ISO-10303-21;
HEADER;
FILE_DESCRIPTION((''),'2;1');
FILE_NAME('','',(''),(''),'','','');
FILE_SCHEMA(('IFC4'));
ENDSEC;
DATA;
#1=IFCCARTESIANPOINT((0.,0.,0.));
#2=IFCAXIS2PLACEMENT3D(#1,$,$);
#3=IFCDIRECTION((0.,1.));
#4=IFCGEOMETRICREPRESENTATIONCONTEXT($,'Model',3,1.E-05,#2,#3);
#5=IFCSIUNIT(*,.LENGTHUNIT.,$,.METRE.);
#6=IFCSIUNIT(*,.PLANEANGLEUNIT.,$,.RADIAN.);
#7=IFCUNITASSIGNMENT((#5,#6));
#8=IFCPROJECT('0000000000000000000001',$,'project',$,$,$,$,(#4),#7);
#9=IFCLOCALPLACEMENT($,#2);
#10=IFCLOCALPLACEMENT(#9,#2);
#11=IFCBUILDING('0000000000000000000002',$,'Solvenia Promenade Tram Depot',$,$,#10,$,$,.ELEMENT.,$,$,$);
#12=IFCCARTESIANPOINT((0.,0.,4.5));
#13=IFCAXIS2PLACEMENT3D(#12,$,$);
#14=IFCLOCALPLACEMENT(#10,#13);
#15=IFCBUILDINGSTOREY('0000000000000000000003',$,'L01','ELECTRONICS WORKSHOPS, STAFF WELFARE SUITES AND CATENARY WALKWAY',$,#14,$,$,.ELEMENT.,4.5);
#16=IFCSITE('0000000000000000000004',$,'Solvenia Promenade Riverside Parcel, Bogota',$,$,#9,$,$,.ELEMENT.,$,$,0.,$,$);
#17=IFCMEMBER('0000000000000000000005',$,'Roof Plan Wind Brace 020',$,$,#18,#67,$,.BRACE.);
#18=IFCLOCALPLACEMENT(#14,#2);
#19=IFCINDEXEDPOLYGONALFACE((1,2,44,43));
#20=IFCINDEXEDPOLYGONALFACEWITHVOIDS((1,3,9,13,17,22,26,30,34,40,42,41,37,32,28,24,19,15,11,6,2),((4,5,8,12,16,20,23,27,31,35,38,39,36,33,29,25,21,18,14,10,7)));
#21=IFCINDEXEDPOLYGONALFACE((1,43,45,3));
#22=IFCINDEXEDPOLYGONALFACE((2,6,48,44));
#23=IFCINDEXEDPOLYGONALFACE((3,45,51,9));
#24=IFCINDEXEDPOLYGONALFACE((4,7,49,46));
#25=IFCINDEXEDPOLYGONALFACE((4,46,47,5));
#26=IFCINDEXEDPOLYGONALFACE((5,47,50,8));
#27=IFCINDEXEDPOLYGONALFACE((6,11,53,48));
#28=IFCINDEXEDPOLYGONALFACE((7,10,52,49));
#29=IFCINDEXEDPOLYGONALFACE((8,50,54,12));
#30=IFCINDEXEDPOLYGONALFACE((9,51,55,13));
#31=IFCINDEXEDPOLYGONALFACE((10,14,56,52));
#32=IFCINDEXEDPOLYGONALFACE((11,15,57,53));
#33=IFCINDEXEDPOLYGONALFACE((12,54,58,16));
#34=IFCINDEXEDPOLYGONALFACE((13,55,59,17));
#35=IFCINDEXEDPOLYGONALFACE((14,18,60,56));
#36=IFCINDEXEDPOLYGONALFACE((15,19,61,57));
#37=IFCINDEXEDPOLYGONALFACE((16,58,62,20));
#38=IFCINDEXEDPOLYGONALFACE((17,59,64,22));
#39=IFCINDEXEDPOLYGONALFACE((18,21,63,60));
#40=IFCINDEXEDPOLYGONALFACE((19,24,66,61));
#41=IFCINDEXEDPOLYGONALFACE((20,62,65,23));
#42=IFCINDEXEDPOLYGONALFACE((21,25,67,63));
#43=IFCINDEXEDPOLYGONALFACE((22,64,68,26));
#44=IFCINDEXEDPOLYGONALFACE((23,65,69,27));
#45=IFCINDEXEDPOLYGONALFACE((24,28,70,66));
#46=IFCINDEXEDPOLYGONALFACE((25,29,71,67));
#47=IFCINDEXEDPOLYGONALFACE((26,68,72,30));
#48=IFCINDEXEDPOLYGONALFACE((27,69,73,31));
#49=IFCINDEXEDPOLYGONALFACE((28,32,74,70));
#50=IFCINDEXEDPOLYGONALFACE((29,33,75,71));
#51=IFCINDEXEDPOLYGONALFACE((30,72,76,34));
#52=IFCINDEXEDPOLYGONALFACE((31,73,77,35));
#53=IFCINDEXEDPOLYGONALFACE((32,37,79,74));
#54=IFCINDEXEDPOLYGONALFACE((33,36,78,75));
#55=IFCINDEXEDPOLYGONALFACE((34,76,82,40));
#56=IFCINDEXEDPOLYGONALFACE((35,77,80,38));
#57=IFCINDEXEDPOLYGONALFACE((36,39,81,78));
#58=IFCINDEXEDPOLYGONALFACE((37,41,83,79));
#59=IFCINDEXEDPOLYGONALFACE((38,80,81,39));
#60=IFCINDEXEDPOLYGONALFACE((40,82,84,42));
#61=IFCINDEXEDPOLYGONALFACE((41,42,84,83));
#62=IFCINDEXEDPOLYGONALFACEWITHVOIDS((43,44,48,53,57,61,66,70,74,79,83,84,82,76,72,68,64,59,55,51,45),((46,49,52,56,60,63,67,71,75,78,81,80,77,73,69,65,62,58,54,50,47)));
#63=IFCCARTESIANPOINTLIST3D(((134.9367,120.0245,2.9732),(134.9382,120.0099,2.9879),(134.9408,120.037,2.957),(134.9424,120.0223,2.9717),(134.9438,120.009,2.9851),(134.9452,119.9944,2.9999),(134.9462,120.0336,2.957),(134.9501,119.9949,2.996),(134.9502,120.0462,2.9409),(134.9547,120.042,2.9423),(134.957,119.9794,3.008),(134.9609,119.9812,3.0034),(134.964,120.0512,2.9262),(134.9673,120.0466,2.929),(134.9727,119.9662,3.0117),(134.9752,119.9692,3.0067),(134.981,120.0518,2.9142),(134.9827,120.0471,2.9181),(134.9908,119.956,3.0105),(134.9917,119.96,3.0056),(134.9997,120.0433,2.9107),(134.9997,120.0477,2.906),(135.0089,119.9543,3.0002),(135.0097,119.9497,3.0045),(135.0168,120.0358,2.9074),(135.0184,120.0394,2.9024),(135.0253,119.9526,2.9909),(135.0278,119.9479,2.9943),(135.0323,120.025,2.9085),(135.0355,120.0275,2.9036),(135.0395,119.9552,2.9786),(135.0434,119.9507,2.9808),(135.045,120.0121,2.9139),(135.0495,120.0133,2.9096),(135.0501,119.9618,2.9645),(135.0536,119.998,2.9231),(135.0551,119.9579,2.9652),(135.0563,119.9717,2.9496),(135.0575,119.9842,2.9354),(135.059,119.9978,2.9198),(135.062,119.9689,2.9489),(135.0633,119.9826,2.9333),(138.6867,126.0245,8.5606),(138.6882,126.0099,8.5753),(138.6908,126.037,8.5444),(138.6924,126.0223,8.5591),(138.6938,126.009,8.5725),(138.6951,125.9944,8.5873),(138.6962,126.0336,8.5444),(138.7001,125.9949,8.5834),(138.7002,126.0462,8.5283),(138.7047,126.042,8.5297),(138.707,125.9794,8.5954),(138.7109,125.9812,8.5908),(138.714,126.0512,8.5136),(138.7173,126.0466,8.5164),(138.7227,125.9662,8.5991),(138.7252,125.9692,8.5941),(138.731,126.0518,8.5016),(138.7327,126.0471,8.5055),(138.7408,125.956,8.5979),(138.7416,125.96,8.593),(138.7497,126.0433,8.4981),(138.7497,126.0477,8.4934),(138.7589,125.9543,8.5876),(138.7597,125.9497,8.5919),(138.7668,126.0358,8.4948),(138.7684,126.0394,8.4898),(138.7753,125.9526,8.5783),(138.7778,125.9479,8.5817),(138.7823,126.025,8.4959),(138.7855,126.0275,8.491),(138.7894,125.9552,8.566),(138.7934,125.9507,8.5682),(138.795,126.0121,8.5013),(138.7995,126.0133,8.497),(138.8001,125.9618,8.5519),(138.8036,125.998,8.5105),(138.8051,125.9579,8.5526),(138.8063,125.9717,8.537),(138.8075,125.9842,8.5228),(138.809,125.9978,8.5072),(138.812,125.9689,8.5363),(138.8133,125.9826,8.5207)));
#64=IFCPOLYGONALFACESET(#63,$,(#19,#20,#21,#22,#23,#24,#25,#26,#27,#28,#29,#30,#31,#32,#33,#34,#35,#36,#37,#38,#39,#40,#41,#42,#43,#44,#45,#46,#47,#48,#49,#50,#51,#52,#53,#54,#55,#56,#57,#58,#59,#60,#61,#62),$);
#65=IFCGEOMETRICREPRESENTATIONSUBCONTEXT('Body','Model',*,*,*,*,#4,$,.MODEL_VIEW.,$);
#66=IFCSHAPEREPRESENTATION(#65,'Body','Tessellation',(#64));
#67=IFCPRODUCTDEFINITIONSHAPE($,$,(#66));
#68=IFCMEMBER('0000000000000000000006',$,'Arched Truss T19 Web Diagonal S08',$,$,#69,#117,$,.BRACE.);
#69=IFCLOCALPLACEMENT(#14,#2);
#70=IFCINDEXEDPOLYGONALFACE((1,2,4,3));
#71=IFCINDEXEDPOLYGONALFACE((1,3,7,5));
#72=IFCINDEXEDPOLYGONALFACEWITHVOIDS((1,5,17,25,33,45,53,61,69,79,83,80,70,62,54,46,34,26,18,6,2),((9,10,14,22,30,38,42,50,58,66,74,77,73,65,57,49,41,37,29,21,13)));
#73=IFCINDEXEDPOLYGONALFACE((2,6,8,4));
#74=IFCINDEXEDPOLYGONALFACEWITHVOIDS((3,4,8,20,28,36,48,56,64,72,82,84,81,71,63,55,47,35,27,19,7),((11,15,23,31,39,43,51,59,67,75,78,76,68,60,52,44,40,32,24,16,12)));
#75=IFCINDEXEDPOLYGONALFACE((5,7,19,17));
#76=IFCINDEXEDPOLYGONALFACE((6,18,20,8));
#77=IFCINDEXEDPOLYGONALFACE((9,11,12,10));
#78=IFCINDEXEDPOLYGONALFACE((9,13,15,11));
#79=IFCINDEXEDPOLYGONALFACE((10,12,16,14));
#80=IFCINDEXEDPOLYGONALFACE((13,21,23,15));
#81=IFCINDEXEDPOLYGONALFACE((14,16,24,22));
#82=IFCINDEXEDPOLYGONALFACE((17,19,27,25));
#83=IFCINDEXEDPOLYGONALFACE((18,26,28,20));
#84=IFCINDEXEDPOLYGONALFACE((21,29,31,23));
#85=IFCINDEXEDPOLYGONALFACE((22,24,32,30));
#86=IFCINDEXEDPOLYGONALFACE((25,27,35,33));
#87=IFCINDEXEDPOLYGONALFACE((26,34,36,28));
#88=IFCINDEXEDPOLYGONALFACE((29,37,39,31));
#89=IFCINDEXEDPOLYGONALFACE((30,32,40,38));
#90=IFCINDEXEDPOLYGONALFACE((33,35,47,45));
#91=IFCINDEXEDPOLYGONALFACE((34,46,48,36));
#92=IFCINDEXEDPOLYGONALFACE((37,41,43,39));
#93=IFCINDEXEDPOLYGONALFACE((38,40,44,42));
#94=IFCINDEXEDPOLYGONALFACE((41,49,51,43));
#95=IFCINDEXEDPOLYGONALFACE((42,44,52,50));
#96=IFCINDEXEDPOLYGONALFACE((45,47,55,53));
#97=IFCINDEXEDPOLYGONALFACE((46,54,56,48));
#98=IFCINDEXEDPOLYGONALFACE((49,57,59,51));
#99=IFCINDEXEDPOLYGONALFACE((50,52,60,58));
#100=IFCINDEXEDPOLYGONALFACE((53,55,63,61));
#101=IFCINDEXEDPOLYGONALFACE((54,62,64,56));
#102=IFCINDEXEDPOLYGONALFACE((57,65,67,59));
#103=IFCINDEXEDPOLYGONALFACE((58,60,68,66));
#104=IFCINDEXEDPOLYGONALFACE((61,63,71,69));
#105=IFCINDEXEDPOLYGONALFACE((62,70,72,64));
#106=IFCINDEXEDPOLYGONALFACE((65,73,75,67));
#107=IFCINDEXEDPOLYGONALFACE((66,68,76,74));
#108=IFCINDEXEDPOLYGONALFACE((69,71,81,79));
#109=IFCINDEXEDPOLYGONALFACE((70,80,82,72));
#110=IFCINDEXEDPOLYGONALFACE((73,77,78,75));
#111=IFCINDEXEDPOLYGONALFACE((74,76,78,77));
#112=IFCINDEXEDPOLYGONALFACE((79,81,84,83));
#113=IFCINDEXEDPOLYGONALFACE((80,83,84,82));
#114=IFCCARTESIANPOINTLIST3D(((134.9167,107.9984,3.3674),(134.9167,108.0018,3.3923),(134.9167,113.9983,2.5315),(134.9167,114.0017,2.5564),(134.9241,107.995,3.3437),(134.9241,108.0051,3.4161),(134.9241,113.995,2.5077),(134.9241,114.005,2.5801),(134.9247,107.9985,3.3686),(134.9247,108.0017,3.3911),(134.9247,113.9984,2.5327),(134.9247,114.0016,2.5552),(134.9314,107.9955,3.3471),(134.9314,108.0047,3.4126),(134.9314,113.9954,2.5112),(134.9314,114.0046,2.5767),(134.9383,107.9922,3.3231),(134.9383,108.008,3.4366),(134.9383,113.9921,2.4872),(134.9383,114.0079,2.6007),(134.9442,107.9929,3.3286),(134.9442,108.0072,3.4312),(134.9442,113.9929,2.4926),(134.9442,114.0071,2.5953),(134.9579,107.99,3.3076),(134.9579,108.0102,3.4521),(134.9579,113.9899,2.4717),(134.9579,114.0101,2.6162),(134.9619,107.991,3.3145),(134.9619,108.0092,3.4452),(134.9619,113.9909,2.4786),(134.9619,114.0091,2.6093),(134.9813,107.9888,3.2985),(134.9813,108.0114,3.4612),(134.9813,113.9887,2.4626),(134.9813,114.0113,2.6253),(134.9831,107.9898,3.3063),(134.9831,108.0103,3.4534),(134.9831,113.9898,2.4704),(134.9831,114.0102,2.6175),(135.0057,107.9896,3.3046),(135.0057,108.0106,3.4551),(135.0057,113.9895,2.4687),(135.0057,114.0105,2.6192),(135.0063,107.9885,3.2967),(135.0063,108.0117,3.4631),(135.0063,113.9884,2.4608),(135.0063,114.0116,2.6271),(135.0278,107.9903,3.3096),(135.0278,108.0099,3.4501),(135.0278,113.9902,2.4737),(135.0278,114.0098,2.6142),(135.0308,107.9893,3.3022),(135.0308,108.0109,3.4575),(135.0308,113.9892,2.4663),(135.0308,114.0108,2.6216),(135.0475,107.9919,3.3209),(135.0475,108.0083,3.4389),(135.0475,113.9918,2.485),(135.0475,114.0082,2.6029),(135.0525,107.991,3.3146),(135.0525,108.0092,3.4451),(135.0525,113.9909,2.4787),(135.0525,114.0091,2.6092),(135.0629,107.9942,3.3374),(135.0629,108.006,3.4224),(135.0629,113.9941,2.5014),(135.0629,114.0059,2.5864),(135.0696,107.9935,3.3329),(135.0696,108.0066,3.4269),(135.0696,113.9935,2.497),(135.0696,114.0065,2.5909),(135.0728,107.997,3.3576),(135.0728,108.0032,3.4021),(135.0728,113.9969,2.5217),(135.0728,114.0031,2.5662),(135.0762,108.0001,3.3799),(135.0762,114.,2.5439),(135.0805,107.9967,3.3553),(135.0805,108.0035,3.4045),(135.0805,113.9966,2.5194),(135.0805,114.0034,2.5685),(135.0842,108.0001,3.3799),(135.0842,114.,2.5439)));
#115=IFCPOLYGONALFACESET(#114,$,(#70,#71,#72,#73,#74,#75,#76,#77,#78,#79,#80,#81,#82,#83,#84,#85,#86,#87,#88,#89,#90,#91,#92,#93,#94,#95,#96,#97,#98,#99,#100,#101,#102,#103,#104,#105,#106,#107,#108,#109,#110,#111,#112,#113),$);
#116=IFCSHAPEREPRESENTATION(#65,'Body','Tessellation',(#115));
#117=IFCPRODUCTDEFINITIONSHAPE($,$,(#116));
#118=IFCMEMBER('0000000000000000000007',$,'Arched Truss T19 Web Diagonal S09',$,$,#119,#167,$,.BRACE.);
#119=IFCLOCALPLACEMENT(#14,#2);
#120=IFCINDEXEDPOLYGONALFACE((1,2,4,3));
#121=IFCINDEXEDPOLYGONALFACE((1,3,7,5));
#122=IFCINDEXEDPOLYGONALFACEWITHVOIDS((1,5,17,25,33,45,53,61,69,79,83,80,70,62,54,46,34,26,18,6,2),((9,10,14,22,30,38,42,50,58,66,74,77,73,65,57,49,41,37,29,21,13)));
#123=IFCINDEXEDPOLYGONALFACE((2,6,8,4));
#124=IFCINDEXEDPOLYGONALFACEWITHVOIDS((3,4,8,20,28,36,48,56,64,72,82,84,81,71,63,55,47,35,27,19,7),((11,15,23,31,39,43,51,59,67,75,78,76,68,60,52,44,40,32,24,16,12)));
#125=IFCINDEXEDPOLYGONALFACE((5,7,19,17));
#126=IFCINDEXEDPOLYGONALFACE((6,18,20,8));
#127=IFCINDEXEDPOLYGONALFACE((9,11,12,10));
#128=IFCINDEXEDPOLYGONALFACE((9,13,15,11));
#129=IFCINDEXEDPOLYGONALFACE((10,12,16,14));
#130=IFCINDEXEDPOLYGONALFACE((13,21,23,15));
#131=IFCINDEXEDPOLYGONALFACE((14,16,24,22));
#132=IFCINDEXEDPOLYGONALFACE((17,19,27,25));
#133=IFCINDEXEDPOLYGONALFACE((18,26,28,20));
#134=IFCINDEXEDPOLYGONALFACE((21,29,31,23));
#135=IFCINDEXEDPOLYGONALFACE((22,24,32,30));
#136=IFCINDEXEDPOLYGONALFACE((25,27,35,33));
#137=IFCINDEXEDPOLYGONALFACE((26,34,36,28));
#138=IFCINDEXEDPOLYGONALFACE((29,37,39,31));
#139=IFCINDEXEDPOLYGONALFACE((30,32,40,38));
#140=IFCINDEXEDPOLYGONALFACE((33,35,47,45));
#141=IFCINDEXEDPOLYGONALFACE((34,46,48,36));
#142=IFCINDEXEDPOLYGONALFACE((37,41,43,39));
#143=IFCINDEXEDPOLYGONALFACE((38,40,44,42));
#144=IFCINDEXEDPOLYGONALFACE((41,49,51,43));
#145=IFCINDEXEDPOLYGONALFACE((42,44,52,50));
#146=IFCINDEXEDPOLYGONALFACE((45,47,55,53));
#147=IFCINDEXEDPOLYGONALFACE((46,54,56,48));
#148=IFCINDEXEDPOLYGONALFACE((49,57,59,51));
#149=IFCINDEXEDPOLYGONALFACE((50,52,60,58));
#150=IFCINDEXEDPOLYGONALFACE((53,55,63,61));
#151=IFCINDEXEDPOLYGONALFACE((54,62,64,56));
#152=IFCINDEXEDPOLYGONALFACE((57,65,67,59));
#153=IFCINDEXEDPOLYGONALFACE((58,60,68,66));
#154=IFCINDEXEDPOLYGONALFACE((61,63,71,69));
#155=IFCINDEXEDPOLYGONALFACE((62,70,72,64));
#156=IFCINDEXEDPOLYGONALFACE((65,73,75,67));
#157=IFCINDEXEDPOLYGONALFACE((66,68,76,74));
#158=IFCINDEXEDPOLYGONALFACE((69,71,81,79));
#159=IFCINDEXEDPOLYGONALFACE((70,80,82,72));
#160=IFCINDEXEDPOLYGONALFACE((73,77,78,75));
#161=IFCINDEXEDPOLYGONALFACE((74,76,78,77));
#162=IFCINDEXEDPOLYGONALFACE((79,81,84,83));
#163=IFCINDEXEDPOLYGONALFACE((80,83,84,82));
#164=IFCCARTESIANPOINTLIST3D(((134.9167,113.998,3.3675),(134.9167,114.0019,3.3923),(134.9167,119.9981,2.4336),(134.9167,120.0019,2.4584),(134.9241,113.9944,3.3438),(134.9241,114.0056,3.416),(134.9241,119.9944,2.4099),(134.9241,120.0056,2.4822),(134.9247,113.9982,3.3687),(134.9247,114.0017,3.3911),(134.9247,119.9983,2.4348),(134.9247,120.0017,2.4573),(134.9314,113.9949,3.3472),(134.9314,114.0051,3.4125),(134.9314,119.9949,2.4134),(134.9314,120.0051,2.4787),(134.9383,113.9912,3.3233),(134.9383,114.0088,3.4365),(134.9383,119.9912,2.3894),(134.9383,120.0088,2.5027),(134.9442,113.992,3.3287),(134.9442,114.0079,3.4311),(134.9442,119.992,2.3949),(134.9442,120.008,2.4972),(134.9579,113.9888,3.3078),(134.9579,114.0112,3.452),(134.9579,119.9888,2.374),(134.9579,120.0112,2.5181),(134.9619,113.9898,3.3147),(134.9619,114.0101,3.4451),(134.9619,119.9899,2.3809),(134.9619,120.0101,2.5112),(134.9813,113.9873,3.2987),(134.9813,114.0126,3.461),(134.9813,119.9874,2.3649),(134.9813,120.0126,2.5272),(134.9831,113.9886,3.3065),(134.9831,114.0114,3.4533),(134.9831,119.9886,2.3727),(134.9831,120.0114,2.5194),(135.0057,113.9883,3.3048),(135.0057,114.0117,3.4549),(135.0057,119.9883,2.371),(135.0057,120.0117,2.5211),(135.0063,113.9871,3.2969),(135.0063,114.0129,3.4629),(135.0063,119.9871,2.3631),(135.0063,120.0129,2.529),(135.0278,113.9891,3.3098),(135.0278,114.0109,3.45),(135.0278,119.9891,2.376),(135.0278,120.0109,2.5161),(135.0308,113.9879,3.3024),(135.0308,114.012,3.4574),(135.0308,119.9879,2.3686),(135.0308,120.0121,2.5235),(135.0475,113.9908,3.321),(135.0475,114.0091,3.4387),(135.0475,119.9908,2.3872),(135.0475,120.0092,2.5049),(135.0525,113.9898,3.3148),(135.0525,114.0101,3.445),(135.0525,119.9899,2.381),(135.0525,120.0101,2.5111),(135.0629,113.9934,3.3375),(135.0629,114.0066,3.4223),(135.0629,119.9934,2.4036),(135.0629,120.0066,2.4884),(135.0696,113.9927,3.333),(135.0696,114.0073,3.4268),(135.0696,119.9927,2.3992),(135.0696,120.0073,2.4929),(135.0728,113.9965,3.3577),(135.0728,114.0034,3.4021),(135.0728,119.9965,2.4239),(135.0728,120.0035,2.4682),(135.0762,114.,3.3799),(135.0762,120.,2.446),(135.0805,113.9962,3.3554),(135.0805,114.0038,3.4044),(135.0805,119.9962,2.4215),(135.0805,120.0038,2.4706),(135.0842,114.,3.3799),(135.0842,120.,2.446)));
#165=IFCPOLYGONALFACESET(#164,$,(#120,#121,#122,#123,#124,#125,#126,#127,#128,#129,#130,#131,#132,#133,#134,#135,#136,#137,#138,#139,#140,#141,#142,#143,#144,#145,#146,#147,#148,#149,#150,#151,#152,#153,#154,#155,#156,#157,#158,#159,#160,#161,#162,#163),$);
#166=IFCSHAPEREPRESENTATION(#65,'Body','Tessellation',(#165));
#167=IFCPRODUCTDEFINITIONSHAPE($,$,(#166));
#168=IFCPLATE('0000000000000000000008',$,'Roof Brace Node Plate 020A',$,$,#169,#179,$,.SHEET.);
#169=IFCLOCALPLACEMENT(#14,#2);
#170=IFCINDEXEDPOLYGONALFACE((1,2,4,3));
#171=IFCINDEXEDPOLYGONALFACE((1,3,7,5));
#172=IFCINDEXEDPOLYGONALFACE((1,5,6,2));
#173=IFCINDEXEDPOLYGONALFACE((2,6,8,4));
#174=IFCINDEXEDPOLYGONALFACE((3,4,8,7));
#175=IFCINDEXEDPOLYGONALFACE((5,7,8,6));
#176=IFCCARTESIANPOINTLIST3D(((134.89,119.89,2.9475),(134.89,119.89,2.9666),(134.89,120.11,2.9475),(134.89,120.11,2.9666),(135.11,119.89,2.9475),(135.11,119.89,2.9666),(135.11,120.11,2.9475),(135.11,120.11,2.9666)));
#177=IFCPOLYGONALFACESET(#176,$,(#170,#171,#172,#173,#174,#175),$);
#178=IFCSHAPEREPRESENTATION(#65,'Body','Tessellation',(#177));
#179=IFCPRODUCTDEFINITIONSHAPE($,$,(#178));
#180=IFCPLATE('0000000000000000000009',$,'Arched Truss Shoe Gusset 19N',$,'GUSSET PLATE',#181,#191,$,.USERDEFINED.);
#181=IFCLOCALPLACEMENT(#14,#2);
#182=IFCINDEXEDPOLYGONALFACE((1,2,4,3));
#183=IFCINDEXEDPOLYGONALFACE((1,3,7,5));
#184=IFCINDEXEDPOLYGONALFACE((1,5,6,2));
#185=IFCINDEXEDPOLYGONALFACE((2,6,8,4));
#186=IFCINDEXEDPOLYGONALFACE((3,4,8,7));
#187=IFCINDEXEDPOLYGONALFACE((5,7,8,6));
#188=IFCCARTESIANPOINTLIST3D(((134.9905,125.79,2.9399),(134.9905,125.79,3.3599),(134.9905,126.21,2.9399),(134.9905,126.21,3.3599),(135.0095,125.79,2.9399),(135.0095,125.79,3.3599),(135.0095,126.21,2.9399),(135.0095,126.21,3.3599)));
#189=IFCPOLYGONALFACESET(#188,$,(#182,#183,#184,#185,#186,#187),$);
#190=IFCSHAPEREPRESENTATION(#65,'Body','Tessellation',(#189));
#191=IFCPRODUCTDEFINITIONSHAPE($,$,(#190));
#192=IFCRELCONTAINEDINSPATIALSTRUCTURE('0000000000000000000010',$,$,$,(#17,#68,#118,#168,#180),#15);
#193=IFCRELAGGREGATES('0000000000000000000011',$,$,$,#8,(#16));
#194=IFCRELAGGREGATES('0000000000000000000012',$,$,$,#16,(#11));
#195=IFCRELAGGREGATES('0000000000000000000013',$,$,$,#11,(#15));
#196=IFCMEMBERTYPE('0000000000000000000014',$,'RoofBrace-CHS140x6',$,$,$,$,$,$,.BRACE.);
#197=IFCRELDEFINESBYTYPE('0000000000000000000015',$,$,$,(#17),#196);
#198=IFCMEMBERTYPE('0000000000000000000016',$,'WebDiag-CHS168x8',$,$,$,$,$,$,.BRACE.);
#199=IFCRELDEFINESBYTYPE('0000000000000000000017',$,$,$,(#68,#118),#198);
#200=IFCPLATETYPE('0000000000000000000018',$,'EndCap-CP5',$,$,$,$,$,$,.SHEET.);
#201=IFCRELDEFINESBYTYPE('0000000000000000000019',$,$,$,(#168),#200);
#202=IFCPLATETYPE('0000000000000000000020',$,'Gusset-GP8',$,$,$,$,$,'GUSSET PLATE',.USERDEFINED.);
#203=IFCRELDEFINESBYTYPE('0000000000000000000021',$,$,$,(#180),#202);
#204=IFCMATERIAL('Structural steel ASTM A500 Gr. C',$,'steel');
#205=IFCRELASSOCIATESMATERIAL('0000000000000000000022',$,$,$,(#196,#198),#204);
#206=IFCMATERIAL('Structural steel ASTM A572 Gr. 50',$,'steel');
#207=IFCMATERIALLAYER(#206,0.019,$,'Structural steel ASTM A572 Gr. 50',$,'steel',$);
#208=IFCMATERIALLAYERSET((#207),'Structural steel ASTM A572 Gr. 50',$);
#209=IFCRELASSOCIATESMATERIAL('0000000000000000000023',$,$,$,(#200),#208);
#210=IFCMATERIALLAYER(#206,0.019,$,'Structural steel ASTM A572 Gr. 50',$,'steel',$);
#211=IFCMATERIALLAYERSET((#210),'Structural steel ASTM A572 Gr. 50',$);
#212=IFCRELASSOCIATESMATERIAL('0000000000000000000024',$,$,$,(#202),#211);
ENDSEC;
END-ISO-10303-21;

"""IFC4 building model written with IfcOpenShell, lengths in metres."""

from ifc_helpers import new_model, si_unit, direction, frame, origin, origin_2d, place, context, subcontext, project, spatial, rectangle, hollow_circle, extrude, material, layer, layer_set, material_profile, profile_set, type_object, element, save


model = new_model("IFC4")

# Units and contexts
model_context = context("Model", 3, precision=1e-05, world=origin(), true_north=direction((0.0, 1.0)))
body_context = subcontext(model_context, "Body", "Model", "MODEL_VIEW")
ifc_project = project(units=[si_unit("LENGTHUNIT", "METRE"), si_unit("PLANEANGLEUNIT", "RADIAN")], contexts=[model_context])

# Site, building, storey
site_placement = place(None, origin())
site = spatial("IfcSite", under=ifc_project, at=site_placement, Name="Solvenia Promenade Riverside Parcel, Bogota", CompositionType="ELEMENT", RefElevation=0.0)
building_placement = place(site_placement, origin())
building = spatial("IfcBuilding", under=site, at=building_placement, Name="Solvenia Promenade Tram Depot", CompositionType="ELEMENT")
storey_placement = place(building_placement, frame((0.0, 0.0, 4.5)))
storey = spatial("IfcBuildingStorey", under=building, at=storey_placement, Name="L01", Description="ELECTRONICS WORKSHOPS, STAFF WELFARE SUITES AND CATENARY WALKWAY", CompositionType="ELEMENT", Elevation=4.5)

# Shared definitions
ifc_material_1 = material(Name="Structural steel ASTM A500 Gr. C", Category="steel")

# Members
ifc_material_profile_1 = material_profile(ifc_material_1, hollow_circle(Radius=0.0698, WallThickness=0.0063, at=origin_2d()), Name="CHS139.7x6.3", Category="steel")
ifc_profile_set_1 = profile_set([ifc_material_profile_1], Name="Structural steel ASTM A500 Gr. C")
member_type_1 = type_object("IfcMemberType", Name="RoofBrace-CHS140x6", PredefinedType="BRACE", material=ifc_profile_set_1)
member_1_placement = place(storey_placement, frame((135.0, 120.0, 2.957), z_axis=(0.415944, 0.665511, 0.619746), x_axis=(-0.847998, 0.529999, 0.0)))
element("IfcMember", 1, at=member_1_placement, inside=storey, type_object=member_type_1, Name="Roof Plan Wind Brace 020", PredefinedType="BRACE", context=body_context, shape_type="SweptSolid", body=[
    extrude(hollow_circle(Radius=0.0698, WallThickness=0.0063, at=origin_2d()), origin(), (0.0, 0.0, 1.0), 9.0156),
])
ifc_material_profile_2 = material_profile(ifc_material_1, hollow_circle(Radius=0.0842, WallThickness=0.0081, at=origin_2d()), Name="CHS168.3x8", Category="steel")
ifc_profile_set_2 = profile_set([ifc_material_profile_2], Name="Structural steel ASTM A500 Gr. C")
member_type_2 = type_object("IfcMemberType", Name="WebDiag-CHS168x8", PredefinedType="BRACE", material=ifc_profile_set_2)
member_2_placement = place(storey_placement, frame((135.0, 114.0, 2.5439), z_axis=(0.0, -0.990434, 0.13799), x_axis=(1.0, 0.0, 0.0)))
element("IfcMember", 2, at=member_2_placement, inside=storey, type_object=member_type_2, Name="Arched Truss T19 Web Diagonal S08", PredefinedType="BRACE", context=body_context, shape_type="SweptSolid", body=[
    extrude(hollow_circle(Radius=0.0842, WallThickness=0.0081, at=origin_2d()), origin(), (0.0, 0.0, 1.0), 6.0579),
])
member_3_placement = place(storey_placement, frame((135.0, 120.0, 2.446), z_axis=(0.0, -0.988104, 0.153788), x_axis=(1.0, 0.0, 0.0)))
element("IfcMember", 3, at=member_3_placement, inside=storey, type_object=member_type_2, Name="Arched Truss T19 Web Diagonal S09", PredefinedType="BRACE", context=body_context, shape_type="SweptSolid", body=[
    extrude(hollow_circle(Radius=0.0842, WallThickness=0.0081, at=origin_2d()), origin(), (0.0, 0.0, 1.0), 6.0723),
])

# Plates
ifc_material_2 = material(Name="Structural steel ASTM A572 Gr. 50", Category="steel")
ifc_layer_1 = layer(ifc_material_2, 0.019, Name="Structural steel ASTM A572 Gr. 50", Category="steel")
ifc_layer_set_1 = layer_set([ifc_layer_1], Name="Structural steel ASTM A572 Gr. 50")
plate_type_1 = type_object("IfcPlateType", Name="EndCap-CP5", PredefinedType="SHEET", material=ifc_layer_set_1)
plate_1_placement = place(storey_placement, frame((135.0, 120.0, 2.9475), z_axis=(0.0, 0.0, 1.0), x_axis=(1.0, 0.0, 0.0)))
element("IfcPlate", 4, at=plate_1_placement, inside=storey, type_object=plate_type_1, Name="Roof Brace Node Plate 020A", PredefinedType="SHEET", context=body_context, shape_type="SweptSolid", body=[
    extrude(rectangle(XDim=0.22, YDim=0.22, at=origin_2d()), origin(), (0.0, 0.0, 1.0), 0.019),
])
ifc_layer_2 = layer(ifc_material_2, 0.019, Name="Structural steel ASTM A572 Gr. 50", Category="steel")
ifc_layer_set_2 = layer_set([ifc_layer_2], Name="Structural steel ASTM A572 Gr. 50")
plate_type_2 = type_object("IfcPlateType", Name="Gusset-GP8", ElementType="GUSSET PLATE", PredefinedType="USERDEFINED", material=ifc_layer_set_2)
plate_2_placement = place(storey_placement, frame((135.0, 126.0, 2.9399), z_axis=(0.0, 0.0, 1.0), x_axis=(1.0, 0.0, 0.0)))
element("IfcPlate", 5, at=plate_2_placement, inside=storey, type_object=plate_type_2, Name="Arched Truss Shoe Gusset 19N", ObjectType="GUSSET PLATE", PredefinedType="USERDEFINED", context=body_context, shape_type="SweptSolid", body=[
    extrude(rectangle(XDim=0.019, YDim=0.4199, at=origin_2d()), origin(), (0.0, 0.0, 1.0), 0.4199),
])

save(model, "model.ifc")
